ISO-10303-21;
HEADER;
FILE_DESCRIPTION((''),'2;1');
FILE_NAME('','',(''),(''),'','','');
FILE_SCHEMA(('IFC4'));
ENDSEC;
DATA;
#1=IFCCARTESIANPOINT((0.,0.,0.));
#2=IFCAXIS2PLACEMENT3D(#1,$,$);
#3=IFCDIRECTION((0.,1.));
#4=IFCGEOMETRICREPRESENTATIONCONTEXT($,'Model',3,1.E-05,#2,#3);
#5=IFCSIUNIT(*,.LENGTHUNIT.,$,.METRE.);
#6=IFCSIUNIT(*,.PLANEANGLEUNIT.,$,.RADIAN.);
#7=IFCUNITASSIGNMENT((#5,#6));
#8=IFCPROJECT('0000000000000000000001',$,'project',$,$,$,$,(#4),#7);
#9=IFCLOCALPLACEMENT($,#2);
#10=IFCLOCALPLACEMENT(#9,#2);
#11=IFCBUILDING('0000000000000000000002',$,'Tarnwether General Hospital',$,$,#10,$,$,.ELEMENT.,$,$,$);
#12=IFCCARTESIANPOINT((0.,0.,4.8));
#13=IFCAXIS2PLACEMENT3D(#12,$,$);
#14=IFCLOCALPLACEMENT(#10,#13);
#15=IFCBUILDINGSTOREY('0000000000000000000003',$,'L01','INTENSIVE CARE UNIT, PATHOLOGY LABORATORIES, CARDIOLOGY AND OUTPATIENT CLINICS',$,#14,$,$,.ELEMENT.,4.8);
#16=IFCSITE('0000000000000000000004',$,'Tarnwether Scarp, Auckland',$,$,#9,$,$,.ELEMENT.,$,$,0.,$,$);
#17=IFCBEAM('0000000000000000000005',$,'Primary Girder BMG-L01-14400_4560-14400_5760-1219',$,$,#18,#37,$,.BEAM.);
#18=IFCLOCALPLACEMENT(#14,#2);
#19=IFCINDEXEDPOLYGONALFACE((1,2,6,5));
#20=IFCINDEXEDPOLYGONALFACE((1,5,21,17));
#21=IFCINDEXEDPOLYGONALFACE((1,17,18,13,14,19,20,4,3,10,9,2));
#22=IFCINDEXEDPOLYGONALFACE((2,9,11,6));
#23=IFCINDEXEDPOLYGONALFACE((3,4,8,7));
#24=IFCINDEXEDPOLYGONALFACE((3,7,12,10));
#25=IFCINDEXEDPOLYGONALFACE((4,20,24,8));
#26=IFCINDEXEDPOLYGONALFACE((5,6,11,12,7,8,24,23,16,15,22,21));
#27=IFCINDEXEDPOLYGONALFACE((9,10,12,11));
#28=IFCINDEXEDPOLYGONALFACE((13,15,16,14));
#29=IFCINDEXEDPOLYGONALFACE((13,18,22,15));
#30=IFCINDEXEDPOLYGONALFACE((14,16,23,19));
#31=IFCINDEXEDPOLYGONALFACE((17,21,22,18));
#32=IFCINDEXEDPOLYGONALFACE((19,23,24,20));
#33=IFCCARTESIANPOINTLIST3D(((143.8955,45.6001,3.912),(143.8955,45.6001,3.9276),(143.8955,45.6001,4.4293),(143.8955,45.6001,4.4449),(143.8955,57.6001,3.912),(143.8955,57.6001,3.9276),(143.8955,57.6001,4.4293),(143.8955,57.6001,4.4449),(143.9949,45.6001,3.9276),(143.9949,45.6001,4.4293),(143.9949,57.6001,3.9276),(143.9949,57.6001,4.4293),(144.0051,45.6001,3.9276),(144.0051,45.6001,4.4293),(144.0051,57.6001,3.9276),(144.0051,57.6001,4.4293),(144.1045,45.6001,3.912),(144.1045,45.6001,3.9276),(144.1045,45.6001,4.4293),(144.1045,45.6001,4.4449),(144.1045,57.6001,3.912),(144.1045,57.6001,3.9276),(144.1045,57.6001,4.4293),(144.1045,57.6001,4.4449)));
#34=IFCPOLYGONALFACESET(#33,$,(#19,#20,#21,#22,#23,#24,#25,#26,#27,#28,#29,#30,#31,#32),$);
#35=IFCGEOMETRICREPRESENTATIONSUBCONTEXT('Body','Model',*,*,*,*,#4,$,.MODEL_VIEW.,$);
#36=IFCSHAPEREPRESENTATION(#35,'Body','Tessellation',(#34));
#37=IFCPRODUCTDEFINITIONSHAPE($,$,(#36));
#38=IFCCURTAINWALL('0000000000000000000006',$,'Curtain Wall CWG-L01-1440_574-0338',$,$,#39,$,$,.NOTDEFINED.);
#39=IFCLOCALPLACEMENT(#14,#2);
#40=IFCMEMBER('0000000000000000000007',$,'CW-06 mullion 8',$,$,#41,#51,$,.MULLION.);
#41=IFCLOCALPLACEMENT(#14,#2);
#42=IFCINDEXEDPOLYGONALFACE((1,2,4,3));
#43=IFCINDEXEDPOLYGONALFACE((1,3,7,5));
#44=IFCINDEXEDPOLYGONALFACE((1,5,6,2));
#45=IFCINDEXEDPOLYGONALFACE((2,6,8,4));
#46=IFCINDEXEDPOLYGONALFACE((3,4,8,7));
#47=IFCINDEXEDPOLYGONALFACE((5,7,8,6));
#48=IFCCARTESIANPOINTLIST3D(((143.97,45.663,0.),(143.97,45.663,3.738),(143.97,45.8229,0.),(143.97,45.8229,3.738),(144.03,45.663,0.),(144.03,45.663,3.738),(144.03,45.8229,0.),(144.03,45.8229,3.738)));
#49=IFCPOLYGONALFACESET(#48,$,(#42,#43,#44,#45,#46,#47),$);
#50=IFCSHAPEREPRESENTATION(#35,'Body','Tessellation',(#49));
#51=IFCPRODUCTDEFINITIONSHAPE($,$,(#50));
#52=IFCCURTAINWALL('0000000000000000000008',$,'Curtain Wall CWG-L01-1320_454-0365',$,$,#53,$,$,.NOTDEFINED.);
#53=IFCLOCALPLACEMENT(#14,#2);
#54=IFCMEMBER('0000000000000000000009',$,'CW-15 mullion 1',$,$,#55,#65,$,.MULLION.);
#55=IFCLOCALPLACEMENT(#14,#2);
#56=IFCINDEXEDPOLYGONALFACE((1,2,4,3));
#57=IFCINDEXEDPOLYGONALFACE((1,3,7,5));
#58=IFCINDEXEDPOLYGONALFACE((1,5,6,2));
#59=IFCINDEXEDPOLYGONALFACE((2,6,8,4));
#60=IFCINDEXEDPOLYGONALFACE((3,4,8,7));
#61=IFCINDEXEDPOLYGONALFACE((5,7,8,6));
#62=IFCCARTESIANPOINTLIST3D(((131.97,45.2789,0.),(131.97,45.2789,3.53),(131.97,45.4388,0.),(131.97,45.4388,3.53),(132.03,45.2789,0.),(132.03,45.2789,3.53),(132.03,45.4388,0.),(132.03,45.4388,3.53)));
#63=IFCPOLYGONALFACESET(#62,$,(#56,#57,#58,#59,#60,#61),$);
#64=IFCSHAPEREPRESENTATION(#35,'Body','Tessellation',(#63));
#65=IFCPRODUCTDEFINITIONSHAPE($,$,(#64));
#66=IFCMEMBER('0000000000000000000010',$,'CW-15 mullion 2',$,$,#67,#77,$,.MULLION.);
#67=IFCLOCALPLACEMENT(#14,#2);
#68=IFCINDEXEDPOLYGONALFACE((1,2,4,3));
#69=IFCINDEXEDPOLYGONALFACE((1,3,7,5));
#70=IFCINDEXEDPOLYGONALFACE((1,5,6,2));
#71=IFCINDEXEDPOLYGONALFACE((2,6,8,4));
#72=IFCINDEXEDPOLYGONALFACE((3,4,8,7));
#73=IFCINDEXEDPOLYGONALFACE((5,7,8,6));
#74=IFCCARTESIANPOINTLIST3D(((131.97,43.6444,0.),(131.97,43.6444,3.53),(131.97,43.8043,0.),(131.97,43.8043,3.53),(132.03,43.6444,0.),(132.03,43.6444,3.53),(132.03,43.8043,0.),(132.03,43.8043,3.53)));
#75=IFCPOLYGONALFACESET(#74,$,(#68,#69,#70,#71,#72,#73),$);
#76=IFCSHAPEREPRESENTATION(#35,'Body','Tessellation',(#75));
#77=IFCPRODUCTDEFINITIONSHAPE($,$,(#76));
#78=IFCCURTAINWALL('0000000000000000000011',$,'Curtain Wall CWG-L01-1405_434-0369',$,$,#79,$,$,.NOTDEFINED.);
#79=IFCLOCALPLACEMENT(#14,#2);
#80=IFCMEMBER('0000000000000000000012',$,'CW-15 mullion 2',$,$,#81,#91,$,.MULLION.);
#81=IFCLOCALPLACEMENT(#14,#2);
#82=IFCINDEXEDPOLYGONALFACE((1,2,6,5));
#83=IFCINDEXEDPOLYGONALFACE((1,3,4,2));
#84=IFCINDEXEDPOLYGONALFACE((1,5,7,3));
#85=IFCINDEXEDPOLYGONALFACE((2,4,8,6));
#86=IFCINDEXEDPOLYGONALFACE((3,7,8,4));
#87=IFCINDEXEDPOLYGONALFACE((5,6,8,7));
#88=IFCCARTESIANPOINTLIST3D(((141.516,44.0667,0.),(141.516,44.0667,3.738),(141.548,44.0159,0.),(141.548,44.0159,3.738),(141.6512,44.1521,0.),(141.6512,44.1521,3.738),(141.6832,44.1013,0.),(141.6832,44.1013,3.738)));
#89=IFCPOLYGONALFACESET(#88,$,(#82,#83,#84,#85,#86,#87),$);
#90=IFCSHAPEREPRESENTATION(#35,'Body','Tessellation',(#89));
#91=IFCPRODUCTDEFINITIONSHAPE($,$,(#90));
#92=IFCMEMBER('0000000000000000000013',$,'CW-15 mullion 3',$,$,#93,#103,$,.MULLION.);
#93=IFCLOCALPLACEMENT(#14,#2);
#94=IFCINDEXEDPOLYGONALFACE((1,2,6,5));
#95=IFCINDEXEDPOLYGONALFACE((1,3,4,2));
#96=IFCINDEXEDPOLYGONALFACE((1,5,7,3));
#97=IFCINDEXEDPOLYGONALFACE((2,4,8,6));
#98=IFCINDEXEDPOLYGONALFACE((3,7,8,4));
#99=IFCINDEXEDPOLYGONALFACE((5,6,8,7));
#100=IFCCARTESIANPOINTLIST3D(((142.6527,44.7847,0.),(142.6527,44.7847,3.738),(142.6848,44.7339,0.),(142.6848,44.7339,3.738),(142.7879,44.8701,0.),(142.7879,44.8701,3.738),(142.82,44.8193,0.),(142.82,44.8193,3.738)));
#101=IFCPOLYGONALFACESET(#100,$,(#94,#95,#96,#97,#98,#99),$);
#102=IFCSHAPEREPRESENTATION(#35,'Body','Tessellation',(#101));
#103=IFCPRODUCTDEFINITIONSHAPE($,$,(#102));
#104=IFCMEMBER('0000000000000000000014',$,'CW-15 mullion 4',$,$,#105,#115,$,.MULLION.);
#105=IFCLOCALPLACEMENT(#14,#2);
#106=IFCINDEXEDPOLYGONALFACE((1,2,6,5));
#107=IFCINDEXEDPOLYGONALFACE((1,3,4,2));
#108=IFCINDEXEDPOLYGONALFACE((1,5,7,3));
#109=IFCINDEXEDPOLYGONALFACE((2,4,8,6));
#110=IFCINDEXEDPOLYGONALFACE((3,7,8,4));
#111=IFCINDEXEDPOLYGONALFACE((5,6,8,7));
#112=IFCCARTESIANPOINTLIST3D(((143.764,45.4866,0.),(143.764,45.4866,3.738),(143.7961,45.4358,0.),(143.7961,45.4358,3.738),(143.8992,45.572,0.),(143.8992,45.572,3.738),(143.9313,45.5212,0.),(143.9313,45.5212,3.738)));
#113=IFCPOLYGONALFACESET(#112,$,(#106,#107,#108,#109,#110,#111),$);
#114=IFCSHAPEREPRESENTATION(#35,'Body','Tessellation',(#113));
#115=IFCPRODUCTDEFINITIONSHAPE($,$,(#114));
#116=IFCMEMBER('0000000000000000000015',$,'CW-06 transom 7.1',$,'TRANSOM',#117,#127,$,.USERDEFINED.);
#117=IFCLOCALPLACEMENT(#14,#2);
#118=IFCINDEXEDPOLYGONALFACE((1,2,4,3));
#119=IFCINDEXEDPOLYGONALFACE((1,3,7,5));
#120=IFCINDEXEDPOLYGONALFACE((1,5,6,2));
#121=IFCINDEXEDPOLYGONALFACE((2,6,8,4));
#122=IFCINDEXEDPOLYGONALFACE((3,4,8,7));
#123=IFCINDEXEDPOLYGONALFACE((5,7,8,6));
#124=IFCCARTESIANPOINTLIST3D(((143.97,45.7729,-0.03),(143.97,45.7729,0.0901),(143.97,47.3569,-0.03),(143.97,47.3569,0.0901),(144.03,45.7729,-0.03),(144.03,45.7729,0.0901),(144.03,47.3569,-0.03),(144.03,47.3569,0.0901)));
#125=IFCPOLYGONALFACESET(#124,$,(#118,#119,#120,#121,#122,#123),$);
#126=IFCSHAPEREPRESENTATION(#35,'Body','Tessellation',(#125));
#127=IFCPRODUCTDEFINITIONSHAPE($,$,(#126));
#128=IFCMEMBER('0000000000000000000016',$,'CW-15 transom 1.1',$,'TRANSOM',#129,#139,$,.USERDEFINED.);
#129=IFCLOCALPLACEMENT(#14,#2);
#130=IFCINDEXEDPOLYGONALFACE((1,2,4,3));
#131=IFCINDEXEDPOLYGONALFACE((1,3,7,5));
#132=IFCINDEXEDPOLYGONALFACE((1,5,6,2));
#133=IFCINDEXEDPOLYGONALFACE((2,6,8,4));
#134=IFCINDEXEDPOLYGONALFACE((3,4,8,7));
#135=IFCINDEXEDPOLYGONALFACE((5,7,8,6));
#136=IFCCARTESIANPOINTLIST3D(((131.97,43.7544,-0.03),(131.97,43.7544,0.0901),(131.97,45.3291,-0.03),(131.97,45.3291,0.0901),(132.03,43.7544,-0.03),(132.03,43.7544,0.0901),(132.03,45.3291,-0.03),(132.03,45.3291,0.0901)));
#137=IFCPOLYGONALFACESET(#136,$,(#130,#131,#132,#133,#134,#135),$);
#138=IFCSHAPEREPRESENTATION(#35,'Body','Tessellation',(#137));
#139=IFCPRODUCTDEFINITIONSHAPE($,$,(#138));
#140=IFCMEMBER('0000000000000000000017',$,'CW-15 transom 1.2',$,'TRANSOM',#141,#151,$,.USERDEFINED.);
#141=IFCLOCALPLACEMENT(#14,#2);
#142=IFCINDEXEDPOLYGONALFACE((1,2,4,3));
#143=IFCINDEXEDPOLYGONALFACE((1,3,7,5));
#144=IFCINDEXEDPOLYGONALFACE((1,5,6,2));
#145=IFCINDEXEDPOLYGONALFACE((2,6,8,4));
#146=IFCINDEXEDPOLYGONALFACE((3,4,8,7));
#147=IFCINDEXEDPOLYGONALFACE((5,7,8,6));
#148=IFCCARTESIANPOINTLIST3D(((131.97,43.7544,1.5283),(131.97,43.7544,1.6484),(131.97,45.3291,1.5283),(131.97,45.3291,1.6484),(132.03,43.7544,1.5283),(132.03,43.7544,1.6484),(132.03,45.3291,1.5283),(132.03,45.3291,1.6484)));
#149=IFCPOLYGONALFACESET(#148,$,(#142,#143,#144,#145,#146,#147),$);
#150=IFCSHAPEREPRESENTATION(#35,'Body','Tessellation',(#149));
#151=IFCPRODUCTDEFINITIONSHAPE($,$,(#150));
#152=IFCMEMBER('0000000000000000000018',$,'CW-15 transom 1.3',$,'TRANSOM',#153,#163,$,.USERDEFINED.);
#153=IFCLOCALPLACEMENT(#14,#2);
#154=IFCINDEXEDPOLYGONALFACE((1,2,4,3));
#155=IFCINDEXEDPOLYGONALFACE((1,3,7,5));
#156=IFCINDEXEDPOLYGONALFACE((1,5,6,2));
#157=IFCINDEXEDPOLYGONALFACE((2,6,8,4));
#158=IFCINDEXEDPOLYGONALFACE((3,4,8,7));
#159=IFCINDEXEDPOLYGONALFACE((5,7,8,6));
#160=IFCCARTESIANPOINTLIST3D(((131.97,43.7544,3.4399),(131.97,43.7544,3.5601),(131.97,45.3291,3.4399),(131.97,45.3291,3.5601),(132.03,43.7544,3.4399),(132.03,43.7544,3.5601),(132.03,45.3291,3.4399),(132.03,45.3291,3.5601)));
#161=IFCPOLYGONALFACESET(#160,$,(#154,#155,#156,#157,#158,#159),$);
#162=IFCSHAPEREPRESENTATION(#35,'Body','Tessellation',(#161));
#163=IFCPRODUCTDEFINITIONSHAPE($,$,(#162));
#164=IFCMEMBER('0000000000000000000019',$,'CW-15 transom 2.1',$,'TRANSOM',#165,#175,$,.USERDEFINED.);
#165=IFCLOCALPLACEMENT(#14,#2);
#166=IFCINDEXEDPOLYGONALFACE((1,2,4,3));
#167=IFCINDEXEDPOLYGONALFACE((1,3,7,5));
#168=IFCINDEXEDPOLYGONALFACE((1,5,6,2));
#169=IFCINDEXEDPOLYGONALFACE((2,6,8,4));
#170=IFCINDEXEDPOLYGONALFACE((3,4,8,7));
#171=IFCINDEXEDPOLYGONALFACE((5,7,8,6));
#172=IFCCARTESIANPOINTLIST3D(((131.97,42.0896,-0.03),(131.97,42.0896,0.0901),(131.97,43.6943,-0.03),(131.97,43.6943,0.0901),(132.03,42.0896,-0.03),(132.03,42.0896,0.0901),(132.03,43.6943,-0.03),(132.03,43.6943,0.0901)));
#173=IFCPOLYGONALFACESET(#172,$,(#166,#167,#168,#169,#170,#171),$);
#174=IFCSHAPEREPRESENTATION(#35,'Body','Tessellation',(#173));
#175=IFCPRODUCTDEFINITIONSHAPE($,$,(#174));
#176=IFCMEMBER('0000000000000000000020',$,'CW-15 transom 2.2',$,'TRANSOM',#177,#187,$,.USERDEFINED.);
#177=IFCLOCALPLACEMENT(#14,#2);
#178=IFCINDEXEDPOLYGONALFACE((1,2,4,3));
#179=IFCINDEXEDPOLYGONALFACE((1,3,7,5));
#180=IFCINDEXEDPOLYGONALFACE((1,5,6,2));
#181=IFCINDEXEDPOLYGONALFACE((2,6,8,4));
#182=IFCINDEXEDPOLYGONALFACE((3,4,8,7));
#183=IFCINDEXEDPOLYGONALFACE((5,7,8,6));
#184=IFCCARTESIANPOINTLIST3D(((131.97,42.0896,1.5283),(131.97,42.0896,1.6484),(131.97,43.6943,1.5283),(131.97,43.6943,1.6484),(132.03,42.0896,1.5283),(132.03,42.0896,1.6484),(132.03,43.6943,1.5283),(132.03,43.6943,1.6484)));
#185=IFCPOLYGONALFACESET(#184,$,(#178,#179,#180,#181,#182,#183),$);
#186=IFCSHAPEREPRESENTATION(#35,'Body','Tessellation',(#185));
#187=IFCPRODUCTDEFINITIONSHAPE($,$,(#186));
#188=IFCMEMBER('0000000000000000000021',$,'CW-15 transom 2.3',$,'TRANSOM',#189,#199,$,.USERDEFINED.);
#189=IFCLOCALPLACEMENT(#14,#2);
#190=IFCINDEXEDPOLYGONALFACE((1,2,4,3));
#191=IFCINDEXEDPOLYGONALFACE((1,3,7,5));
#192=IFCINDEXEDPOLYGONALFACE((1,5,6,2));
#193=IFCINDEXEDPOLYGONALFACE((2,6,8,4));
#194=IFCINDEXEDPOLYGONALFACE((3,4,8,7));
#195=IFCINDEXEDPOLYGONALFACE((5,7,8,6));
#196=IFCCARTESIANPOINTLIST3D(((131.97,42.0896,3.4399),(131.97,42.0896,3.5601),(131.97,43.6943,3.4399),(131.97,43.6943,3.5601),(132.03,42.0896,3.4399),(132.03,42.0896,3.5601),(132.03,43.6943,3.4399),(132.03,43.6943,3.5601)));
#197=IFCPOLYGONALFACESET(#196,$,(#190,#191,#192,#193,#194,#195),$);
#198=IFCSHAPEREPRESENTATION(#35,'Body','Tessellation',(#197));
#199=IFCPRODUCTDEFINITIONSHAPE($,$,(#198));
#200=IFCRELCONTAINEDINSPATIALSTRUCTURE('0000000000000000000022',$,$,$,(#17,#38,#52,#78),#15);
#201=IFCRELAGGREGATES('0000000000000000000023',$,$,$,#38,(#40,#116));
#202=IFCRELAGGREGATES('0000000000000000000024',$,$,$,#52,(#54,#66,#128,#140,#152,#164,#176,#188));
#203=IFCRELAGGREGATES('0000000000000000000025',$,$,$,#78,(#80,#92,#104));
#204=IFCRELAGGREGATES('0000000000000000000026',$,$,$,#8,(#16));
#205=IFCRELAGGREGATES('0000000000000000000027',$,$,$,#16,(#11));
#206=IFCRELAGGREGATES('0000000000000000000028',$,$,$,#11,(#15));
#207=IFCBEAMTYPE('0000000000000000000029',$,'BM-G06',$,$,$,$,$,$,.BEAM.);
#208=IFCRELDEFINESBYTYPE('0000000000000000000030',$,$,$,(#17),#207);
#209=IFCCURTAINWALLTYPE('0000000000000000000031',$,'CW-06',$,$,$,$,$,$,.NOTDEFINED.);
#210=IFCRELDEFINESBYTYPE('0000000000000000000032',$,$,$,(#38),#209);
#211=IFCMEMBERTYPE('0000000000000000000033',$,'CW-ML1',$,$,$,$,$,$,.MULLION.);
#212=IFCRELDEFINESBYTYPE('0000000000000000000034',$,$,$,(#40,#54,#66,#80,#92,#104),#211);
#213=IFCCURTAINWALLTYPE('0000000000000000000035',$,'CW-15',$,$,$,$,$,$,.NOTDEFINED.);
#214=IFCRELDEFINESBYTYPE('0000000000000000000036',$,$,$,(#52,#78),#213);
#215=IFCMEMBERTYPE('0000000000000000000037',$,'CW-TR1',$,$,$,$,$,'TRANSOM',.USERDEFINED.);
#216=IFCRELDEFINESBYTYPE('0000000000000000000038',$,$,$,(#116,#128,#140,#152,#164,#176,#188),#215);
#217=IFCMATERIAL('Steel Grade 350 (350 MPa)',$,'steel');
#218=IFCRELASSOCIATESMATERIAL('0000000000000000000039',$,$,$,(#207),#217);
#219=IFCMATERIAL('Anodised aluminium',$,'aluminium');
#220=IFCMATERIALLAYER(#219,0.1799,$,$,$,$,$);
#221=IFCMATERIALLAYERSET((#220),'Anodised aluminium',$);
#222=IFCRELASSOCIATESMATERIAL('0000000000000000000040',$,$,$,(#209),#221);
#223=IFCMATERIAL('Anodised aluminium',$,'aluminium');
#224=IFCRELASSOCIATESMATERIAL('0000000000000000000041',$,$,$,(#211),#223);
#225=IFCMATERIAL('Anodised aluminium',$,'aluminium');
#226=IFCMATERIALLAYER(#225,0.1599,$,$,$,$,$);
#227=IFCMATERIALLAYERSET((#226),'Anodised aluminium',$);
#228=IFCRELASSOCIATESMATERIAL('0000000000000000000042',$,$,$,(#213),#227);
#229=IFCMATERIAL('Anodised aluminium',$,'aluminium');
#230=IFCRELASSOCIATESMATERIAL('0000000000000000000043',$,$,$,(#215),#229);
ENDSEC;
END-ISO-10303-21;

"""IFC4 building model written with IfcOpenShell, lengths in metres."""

from ifc_helpers import new_model, si_unit, direction, frame, origin, origin_2d, place, context, subcontext, project, spatial, rectangle, i_section, extrude, material, layer, layer_set, material_profile, profile_set, type_object, element, aggregate, save


model = new_model("IFC4")

# Units and contexts
model_context = context("Model", 3, precision=1e-05, world=origin(), true_north=direction((0.0, 1.0)))
body_context = subcontext(model_context, "Body", "Model", "MODEL_VIEW")
ifc_project = project(units=[si_unit("LENGTHUNIT", "METRE"), si_unit("PLANEANGLEUNIT", "RADIAN")], contexts=[model_context])

# Site, building, storey
site_placement = place(None, origin())
site = spatial("IfcSite", under=ifc_project, at=site_placement, Name="Tarnwether Scarp, Auckland", CompositionType="ELEMENT", RefElevation=0.0)
building_placement = place(site_placement, origin())
building = spatial("IfcBuilding", under=site, at=building_placement, Name="Tarnwether General Hospital", CompositionType="ELEMENT")
storey_placement = place(building_placement, frame((0.0, 0.0, 4.8)))
storey = spatial("IfcBuildingStorey", under=building, at=storey_placement, Name="L01", Description="INTENSIVE CARE UNIT, PATHOLOGY LABORATORIES, CARDIOLOGY AND OUTPATIENT CLINICS", CompositionType="ELEMENT", Elevation=4.8)

# Beam
ifc_material_1 = material(Name="Steel Grade 350 (350 MPa)", Category="steel")
ifc_material_profile_1 = material_profile(ifc_material_1, i_section(OverallWidth=0.209, OverallDepth=0.533, WebThickness=0.0103, FlangeThickness=0.0156, at=origin_2d()), Name="530UB92.4")
ifc_profile_set_1 = profile_set([ifc_material_profile_1], Name="Steel Grade 350 (350 MPa)")
beam_type_1 = type_object("IfcBeamType", Name="BM-G06", PredefinedType="BEAM", material=ifc_profile_set_1)
beam_1_placement = place(storey_placement, frame((144.0, 45.6001, 4.1785), z_axis=(0.0, 1.0, 0.0), x_axis=(-1.0, 0.0, 0.0)))
element("IfcBeam", 1, at=beam_1_placement, inside=storey, type_object=beam_type_1, Name="Primary Girder BMG-L01-14400_4560-14400_5760-1219", PredefinedType="BEAM", context=body_context, shape_type="SweptSolid", body=[
    extrude(i_section(OverallWidth=0.209, OverallDepth=0.533, WebThickness=0.0103, FlangeThickness=0.0156, at=origin_2d()), origin(), (0.0, 0.0, 1.0), 12.0),
])

# Curtain wall, member
ifc_material_2 = material(Name="Anodised aluminium", Category="aluminium")
ifc_layer_1 = layer(ifc_material_2, 0.1799)
ifc_layer_set_1 = layer_set([ifc_layer_1], Name="Anodised aluminium")
curtain_wall_type_1 = type_object("IfcCurtainWallType", Name="CW-06", PredefinedType="NOTDEFINED", material=ifc_layer_set_1)
curtain_wall_1_placement = place(storey_placement, origin())
curtain_wall_1 = element("IfcCurtainWall", 2, at=curtain_wall_1_placement, inside=storey, type_object=curtain_wall_type_1, Name="Curtain Wall CWG-L01-1440_574-0338", PredefinedType="NOTDEFINED")
ifc_material_3 = material(Name="Anodised aluminium", Category="aluminium")
ifc_material_profile_2 = material_profile(ifc_material_3, rectangle(XDim=0.0601, YDim=0.1599, at=origin_2d()), Name="ALU-MUL-60x160")
ifc_profile_set_2 = profile_set([ifc_material_profile_2], Name="Anodised aluminium")
member_type_1 = type_object("IfcMemberType", Name="CW-ML1", PredefinedType="MULLION", material=ifc_profile_set_2)
member_1_placement = place(storey_placement, frame((144.0, 45.7429, 0.0), z_axis=(0.0, 0.0, 1.0), x_axis=(1.0, 0.0, 0.0)))
member_1 = element("IfcMember", 3, at=member_1_placement, type_object=member_type_1, Name="CW-06 mullion 8", PredefinedType="MULLION", context=body_context, shape_type="SweptSolid", body=[
    extrude(rectangle(XDim=0.0601, YDim=0.1599, at=origin_2d()), origin(), (0.0, 0.0, 1.0), 3.738),
])

# Curtain walls, members
ifc_material_4 = material(Name="Anodised aluminium", Category="aluminium")
ifc_layer_2 = layer(ifc_material_4, 0.1599)
ifc_layer_set_2 = layer_set([ifc_layer_2], Name="Anodised aluminium")
curtain_wall_type_2 = type_object("IfcCurtainWallType", Name="CW-15", PredefinedType="NOTDEFINED", material=ifc_layer_set_2)
curtain_wall_2_placement = place(storey_placement, origin())
curtain_wall_2 = element("IfcCurtainWall", 4, at=curtain_wall_2_placement, inside=storey, type_object=curtain_wall_type_2, Name="Curtain Wall CWG-L01-1320_454-0365", PredefinedType="NOTDEFINED")
member_2_placement = place(storey_placement, frame((132.0, 45.3589, 0.0), z_axis=(0.0, 0.0, 1.0), x_axis=(1.0, 0.0, 0.0)))
member_2 = element("IfcMember", 5, at=member_2_placement, type_object=member_type_1, Name="CW-15 mullion 1", PredefinedType="MULLION", context=body_context, shape_type="SweptSolid", body=[
    extrude(rectangle(XDim=0.0601, YDim=0.1599, at=origin_2d()), origin(), (0.0, 0.0, 1.0), 3.53),
])
member_3_placement = place(storey_placement, frame((132.0, 43.7244, 0.0), z_axis=(0.0, 0.0, 1.0), x_axis=(1.0, 0.0, 0.0)))
member_3 = element("IfcMember", 6, at=member_3_placement, type_object=member_type_1, Name="CW-15 mullion 2", PredefinedType="MULLION", context=body_context, shape_type="SweptSolid", body=[
    extrude(rectangle(XDim=0.0601, YDim=0.1599, at=origin_2d()), origin(), (0.0, 0.0, 1.0), 3.53),
])
curtain_wall_3_placement = place(storey_placement, origin())
curtain_wall_3 = element("IfcCurtainWall", 7, at=curtain_wall_3_placement, inside=storey, type_object=curtain_wall_type_2, Name="Curtain Wall CWG-L01-1405_434-0369", PredefinedType="NOTDEFINED")
member_4_placement = place(storey_placement, frame((141.5996, 44.084, 0.0), z_axis=(0.0, 0.0, 1.0), x_axis=(-0.534049, 0.845454, 0.0)))
member_4 = element("IfcMember", 8, at=member_4_placement, type_object=member_type_1, Name="CW-15 mullion 2", PredefinedType="MULLION", context=body_context, shape_type="SweptSolid", body=[
    extrude(rectangle(XDim=0.0601, YDim=0.1599, at=origin_2d()), origin(), (0.0, 0.0, 1.0), 3.738),
])
member_5_placement = place(storey_placement, frame((142.7363, 44.802, 0.0), z_axis=(0.0, 0.0, 1.0), x_axis=(-0.534049, 0.845454, 0.0)))
member_5 = element("IfcMember", 9, at=member_5_placement, type_object=member_type_1, Name="CW-15 mullion 3", PredefinedType="MULLION", context=body_context, shape_type="SweptSolid", body=[
    extrude(rectangle(XDim=0.0601, YDim=0.1599, at=origin_2d()), origin(), (0.0, 0.0, 1.0), 3.738),
])
member_6_placement = place(storey_placement, frame((143.8477, 45.5039, 0.0), z_axis=(0.0, 0.0, 1.0), x_axis=(-0.534049, 0.845454, 0.0)))
member_6 = element("IfcMember", 10, at=member_6_placement, type_object=member_type_1, Name="CW-15 mullion 4", PredefinedType="MULLION", context=body_context, shape_type="SweptSolid", body=[
    extrude(rectangle(XDim=0.0601, YDim=0.1599, at=origin_2d()), origin(), (0.0, 0.0, 1.0), 3.738),
])

# Members
ifc_material_5 = material(Name="Anodised aluminium", Category="aluminium")
ifc_material_profile_3 = material_profile(ifc_material_5, rectangle(XDim=0.0601, YDim=0.1201, at=origin_2d()), Name="ALU-TRN-60x120")
ifc_profile_set_3 = profile_set([ifc_material_profile_3], Name="Anodised aluminium")
member_type_2 = type_object("IfcMemberType", Name="CW-TR1", ElementType="TRANSOM", PredefinedType="USERDEFINED", material=ifc_profile_set_3)
member_7_placement = place(storey_placement, frame((144.0, 47.3569, 0.03), z_axis=(0.0, -1.0, 0.0), x_axis=(1.0, 0.0, 0.0)))
member_7 = element("IfcMember", 11, at=member_7_placement, type_object=member_type_2, Name="CW-06 transom 7.1", ObjectType="TRANSOM", PredefinedType="USERDEFINED", context=body_context, shape_type="SweptSolid", body=[
    extrude(rectangle(XDim=0.0601, YDim=0.1201, at=origin_2d()), origin(), (0.0, 0.0, 1.0), 1.584),
])
member_8_placement = place(storey_placement, frame((132.0, 45.3291, 0.03), z_axis=(0.0, -1.0, 0.0), x_axis=(1.0, 0.0, 0.0)))
member_8 = element("IfcMember", 12, at=member_8_placement, type_object=member_type_2, Name="CW-15 transom 1.1", ObjectType="TRANSOM", PredefinedType="USERDEFINED", context=body_context, shape_type="SweptSolid", body=[
    extrude(rectangle(XDim=0.0601, YDim=0.1201, at=origin_2d()), origin(), (0.0, 0.0, 1.0), 1.5747),
])
member_9_placement = place(storey_placement, frame((132.0, 45.3291, 1.5884), z_axis=(0.0, -1.0, 0.0), x_axis=(1.0, 0.0, 0.0)))
member_9 = element("IfcMember", 13, at=member_9_placement, type_object=member_type_2, Name="CW-15 transom 1.2", ObjectType="TRANSOM", PredefinedType="USERDEFINED", context=body_context, shape_type="SweptSolid", body=[
    extrude(rectangle(XDim=0.0601, YDim=0.1201, at=origin_2d()), origin(), (0.0, 0.0, 1.0), 1.5747),
])
member_10_placement = place(storey_placement, frame((132.0, 45.3291, 3.5), z_axis=(0.0, -1.0, 0.0), x_axis=(1.0, 0.0, 0.0)))
member_10 = element("IfcMember", 14, at=member_10_placement, type_object=member_type_2, Name="CW-15 transom 1.3", ObjectType="TRANSOM", PredefinedType="USERDEFINED", context=body_context, shape_type="SweptSolid", body=[
    extrude(rectangle(XDim=0.0601, YDim=0.1201, at=origin_2d()), origin(), (0.0, 0.0, 1.0), 1.5747),
])
member_11_placement = place(storey_placement, frame((132.0, 43.6943, 0.03), z_axis=(0.0, -1.0, 0.0), x_axis=(1.0, 0.0, 0.0)))
member_11 = element("IfcMember", 15, at=member_11_placement, type_object=member_type_2, Name="CW-15 transom 2.1", ObjectType="TRANSOM", PredefinedType="USERDEFINED", context=body_context, shape_type="SweptSolid", body=[
    extrude(rectangle(XDim=0.0601, YDim=0.1201, at=origin_2d()), origin(), (0.0, 0.0, 1.0), 1.6047),
])
member_12_placement = place(storey_placement, frame((132.0, 43.6943, 1.5884), z_axis=(0.0, -1.0, 0.0), x_axis=(1.0, 0.0, 0.0)))
member_12 = element("IfcMember", 16, at=member_12_placement, type_object=member_type_2, Name="CW-15 transom 2.2", ObjectType="TRANSOM", PredefinedType="USERDEFINED", context=body_context, shape_type="SweptSolid", body=[
    extrude(rectangle(XDim=0.0601, YDim=0.1201, at=origin_2d()), origin(), (0.0, 0.0, 1.0), 1.6047),
])
member_13_placement = place(storey_placement, frame((132.0, 43.6943, 3.5), z_axis=(0.0, -1.0, 0.0), x_axis=(1.0, 0.0, 0.0)))
member_13 = element("IfcMember", 17, at=member_13_placement, type_object=member_type_2, Name="CW-15 transom 2.3", ObjectType="TRANSOM", PredefinedType="USERDEFINED", context=body_context, shape_type="SweptSolid", body=[
    extrude(rectangle(XDim=0.0601, YDim=0.1201, at=origin_2d()), origin(), (0.0, 0.0, 1.0), 1.6047),
])

aggregate(curtain_wall_1, [member_1, member_7])
aggregate(curtain_wall_2, [member_2, member_3, member_8, member_9, member_10, member_11, member_12, member_13])
aggregate(curtain_wall_3, [member_4, member_5, member_6])

save(model, "model.ifc")
